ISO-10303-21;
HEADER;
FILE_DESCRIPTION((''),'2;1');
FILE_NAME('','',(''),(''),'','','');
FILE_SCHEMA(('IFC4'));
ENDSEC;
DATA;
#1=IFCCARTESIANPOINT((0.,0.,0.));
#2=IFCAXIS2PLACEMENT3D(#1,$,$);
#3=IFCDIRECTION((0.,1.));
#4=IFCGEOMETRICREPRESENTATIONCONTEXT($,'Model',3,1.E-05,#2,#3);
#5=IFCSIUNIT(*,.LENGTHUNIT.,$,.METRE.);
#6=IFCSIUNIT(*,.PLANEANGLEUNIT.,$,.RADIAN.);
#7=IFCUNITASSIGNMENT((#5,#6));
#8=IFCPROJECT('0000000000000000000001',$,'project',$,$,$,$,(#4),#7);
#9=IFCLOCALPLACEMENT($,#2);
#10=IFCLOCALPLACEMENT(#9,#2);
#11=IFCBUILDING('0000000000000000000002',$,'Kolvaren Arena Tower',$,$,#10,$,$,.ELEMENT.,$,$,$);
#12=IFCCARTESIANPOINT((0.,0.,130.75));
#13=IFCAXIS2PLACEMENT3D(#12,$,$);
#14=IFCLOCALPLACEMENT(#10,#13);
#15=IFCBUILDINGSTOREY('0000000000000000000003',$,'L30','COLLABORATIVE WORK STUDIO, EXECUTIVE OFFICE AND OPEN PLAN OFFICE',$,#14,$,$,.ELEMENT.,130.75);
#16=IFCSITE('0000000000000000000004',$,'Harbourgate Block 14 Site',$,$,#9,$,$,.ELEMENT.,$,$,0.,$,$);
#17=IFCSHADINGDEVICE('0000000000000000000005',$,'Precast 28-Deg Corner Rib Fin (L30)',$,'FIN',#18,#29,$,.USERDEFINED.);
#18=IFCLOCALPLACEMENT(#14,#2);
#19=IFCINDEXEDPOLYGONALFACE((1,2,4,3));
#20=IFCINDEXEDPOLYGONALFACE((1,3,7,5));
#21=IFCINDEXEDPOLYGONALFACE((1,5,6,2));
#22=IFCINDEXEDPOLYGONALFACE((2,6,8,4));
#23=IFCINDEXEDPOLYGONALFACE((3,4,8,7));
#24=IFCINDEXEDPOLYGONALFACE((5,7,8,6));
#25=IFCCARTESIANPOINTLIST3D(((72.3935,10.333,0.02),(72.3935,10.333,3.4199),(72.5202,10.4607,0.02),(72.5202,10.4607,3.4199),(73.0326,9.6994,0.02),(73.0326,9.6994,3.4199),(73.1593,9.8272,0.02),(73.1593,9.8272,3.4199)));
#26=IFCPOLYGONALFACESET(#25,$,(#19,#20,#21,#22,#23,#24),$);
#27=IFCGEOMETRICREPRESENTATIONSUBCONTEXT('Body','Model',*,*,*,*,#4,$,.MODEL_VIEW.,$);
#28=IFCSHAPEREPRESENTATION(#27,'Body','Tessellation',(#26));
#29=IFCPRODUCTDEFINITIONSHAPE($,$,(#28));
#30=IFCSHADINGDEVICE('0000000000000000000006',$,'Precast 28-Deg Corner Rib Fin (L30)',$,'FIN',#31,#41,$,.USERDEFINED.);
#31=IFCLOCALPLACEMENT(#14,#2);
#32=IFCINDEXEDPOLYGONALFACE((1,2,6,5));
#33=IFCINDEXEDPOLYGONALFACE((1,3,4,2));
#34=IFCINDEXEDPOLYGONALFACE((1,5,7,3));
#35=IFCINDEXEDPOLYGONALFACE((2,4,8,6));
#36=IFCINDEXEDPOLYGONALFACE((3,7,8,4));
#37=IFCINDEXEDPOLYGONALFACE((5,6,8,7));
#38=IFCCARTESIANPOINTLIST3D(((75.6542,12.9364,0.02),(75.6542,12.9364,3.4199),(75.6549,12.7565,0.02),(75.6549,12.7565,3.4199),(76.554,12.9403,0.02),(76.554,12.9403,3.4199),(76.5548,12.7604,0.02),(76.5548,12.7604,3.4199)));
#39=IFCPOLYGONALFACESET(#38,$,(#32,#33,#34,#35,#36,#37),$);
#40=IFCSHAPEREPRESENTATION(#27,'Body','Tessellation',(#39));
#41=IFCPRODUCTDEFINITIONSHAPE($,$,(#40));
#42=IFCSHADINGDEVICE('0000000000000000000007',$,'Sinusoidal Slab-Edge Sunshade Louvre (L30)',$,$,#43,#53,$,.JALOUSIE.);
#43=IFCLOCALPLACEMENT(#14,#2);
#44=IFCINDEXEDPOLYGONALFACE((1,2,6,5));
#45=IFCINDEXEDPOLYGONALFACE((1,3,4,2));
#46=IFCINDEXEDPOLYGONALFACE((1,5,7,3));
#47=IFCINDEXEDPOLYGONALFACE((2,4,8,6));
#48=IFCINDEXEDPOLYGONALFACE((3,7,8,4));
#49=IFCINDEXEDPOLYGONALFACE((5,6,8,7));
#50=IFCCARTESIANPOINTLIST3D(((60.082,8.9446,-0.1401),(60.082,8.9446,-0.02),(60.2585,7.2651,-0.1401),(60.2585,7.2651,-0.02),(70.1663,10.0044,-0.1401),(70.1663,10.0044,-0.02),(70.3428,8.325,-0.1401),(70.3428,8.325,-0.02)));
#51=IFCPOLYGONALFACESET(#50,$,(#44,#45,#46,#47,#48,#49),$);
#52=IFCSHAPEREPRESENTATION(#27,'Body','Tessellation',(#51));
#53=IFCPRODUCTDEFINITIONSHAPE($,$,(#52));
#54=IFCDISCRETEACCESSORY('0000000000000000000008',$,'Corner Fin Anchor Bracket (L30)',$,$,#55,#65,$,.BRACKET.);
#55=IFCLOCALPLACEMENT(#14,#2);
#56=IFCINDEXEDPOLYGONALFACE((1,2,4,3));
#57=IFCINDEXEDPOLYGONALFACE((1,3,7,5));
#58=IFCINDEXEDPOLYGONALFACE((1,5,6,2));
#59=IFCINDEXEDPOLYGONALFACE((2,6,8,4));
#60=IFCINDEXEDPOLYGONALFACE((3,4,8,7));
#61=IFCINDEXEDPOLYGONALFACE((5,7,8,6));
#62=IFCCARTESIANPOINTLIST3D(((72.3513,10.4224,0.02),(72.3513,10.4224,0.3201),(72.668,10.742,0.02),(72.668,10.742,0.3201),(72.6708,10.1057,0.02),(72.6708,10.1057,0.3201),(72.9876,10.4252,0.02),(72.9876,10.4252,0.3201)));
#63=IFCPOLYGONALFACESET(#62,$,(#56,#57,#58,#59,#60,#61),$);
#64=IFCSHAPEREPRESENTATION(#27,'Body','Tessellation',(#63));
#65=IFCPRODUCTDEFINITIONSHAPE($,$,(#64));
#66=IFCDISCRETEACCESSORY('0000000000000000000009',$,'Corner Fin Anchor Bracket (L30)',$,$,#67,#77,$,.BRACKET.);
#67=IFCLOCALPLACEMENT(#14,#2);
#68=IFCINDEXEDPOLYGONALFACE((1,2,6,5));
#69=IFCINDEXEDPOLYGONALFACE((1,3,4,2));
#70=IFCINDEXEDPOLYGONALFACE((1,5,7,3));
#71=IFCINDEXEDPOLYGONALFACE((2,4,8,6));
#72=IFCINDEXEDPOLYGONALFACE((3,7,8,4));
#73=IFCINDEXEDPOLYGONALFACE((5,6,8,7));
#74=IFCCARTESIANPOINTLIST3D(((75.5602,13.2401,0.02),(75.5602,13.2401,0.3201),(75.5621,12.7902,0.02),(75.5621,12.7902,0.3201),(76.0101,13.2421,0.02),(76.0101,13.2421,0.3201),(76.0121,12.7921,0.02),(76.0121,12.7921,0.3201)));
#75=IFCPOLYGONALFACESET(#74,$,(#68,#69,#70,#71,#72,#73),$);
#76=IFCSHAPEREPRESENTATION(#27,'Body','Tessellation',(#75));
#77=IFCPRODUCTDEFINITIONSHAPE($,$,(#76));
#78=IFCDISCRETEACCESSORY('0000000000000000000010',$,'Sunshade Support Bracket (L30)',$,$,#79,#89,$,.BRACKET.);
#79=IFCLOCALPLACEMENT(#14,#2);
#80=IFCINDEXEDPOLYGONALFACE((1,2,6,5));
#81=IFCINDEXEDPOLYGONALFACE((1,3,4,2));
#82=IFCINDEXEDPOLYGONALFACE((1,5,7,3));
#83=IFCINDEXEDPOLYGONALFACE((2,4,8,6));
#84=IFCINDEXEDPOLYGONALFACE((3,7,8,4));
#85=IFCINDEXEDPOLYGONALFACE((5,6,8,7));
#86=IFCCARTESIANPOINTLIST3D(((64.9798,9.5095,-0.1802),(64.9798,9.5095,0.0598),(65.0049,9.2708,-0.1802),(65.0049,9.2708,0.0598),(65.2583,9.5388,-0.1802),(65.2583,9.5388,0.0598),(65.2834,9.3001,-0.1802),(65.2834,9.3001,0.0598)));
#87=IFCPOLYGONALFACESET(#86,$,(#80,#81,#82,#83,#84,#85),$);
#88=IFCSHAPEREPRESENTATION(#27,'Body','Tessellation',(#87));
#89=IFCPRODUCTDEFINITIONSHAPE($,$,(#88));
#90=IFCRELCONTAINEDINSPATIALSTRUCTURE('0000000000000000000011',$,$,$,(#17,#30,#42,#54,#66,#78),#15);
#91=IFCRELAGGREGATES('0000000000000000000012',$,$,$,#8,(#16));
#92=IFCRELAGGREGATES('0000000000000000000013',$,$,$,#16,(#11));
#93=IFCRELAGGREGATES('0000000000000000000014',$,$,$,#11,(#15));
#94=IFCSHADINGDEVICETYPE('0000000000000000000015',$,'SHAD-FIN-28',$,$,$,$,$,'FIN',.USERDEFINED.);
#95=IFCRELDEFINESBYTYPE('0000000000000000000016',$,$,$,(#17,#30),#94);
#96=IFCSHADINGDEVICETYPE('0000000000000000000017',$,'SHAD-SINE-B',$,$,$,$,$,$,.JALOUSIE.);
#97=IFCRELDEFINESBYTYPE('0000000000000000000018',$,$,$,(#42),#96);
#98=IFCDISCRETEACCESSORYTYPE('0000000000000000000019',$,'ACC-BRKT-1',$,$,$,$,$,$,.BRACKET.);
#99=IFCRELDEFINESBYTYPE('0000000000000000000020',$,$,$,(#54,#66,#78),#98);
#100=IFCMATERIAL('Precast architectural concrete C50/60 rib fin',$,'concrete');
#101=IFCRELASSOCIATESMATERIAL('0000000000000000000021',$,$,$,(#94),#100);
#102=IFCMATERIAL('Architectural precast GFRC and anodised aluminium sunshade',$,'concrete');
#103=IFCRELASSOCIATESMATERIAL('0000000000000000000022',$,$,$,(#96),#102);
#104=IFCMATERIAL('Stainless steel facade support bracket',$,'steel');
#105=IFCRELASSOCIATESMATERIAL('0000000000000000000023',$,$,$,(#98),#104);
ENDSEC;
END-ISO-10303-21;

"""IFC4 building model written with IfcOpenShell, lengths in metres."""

from ifc_helpers import new_model, si_unit, direction, frame, origin, origin_2d, place, context, subcontext, project, spatial, rectangle, extrude, material, type_object, element, save


model = new_model("IFC4")

# Units and contexts
model_context = context("Model", 3, precision=1e-05, world=origin(), true_north=direction((0.0, 1.0)))
body_context = subcontext(model_context, "Body", "Model", "MODEL_VIEW")
ifc_project = project(units=[si_unit("LENGTHUNIT", "METRE"), si_unit("PLANEANGLEUNIT", "RADIAN")], contexts=[model_context])

# Site, building, storey
site_placement = place(None, origin())
site = spatial("IfcSite", under=ifc_project, at=site_placement, Name="Harbourgate Block 14 Site", CompositionType="ELEMENT", RefElevation=0.0)
building_placement = place(site_placement, origin())
building = spatial("IfcBuilding", under=site, at=building_placement, Name="Kolvaren Arena Tower", CompositionType="ELEMENT")
storey_placement = place(building_placement, frame((0.0, 0.0, 130.75)))
storey = spatial("IfcBuildingStorey", under=building, at=storey_placement, Name="L30", Description="COLLABORATIVE WORK STUDIO, EXECUTIVE OFFICE AND OPEN PLAN OFFICE", CompositionType="ELEMENT", Elevation=130.75)

# Shading devices
ifc_material_1 = material(Name="Precast architectural concrete C50/60 rib fin", Category="concrete")
shading_device_type_1 = type_object("IfcShadingDeviceType", Name="SHAD-FIN-28", ElementType="FIN", PredefinedType="USERDEFINED", material=ifc_material_1)
for number, where, z_axis, x_axis, name in (
    (1, (72.7764, 10.0801, 0.02), (0.0, 0.0, 1.0), (0.710184, -0.704016, 0.0), "Precast 28-Deg Corner Rib Fin (L30)"),
    (2, (76.1045, 12.8484, 0.02), (0.0, 0.0, 1.0), (0.999991, 0.004349, 0.0), "Precast 28-Deg Corner Rib Fin (L30)"),
):
    element("IfcShadingDevice", number, at=place(storey_placement, frame(where, z_axis=z_axis, x_axis=x_axis)), inside=storey, type_object=shading_device_type_1, Name=name, ObjectType="FIN", PredefinedType="USERDEFINED", context=body_context, shape_type="SweptSolid", body=[
        extrude(rectangle(XDim=0.8999, YDim=0.1799, at=origin_2d()), origin(), (0.0, 0.0, 1.0), 3.3999),
    ])
ifc_material_2 = material(Name="Architectural precast GFRC and anodised aluminium sunshade", Category="concrete")
shading_device_type_2 = type_object("IfcShadingDeviceType", Name="SHAD-SINE-B", PredefinedType="JALOUSIE", material=ifc_material_2)
shading_device_placement = place(storey_placement, frame((65.2124, 8.6348, -0.1401), z_axis=(0.0, 0.0, 1.0), x_axis=(-0.994522, -0.104527, 0.0)))
element("IfcShadingDevice", 3, at=shading_device_placement, inside=storey, type_object=shading_device_type_2, Name="Sinusoidal Slab-Edge Sunshade Louvre (L30)", PredefinedType="JALOUSIE", context=body_context, shape_type="SweptSolid", body=[
    extrude(rectangle(XDim=10.1399, YDim=1.6887, at=origin_2d()), origin(), (0.0, 0.0, 1.0), 0.1201),
])

# Discrete accessories
ifc_material_3 = material(Name="Stainless steel facade support bracket", Category="steel")
discrete_accessory_type = type_object("IfcDiscreteAccessoryType", Name="ACC-BRKT-1", PredefinedType="BRACKET", material=ifc_material_3)
for number, where, z_axis, x_axis, name in (
    (4, (72.6694, 10.4238, 0.02), (0.0, 0.0, 1.0), (0.710184, -0.704016, 0.0), "Corner Fin Anchor Bracket (L30)"),
    (5, (75.7861, 13.0161, 0.02), (0.0, 0.0, 1.0), (0.999991, 0.004349, 0.0), "Corner Fin Anchor Bracket (L30)"),
):
    element("IfcDiscreteAccessory", number, at=place(storey_placement, frame(where, z_axis=z_axis, x_axis=x_axis)), inside=storey, type_object=discrete_accessory_type, Name=name, PredefinedType="BRACKET", context=body_context, shape_type="SweptSolid", body=[
        extrude(rectangle(XDim=0.45, YDim=0.45, at=origin_2d()), origin(), (0.0, 0.0, 1.0), 0.3),
    ])
discrete_accessory_placement = place(storey_placement, frame((65.1316, 9.4048, -0.1802), z_axis=(0.0, 0.0, 1.0), x_axis=(-0.994522, -0.104527, 0.0)))
element("IfcDiscreteAccessory", 6, at=discrete_accessory_placement, inside=storey, type_object=discrete_accessory_type, Name="Sunshade Support Bracket (L30)", PredefinedType="BRACKET", context=body_context, shape_type="SweptSolid", body=[
    extrude(rectangle(XDim=0.28, YDim=0.24, at=origin_2d()), origin(), (0.0, 0.0, 1.0), 0.24),
])

save(model, "model.ifc")
